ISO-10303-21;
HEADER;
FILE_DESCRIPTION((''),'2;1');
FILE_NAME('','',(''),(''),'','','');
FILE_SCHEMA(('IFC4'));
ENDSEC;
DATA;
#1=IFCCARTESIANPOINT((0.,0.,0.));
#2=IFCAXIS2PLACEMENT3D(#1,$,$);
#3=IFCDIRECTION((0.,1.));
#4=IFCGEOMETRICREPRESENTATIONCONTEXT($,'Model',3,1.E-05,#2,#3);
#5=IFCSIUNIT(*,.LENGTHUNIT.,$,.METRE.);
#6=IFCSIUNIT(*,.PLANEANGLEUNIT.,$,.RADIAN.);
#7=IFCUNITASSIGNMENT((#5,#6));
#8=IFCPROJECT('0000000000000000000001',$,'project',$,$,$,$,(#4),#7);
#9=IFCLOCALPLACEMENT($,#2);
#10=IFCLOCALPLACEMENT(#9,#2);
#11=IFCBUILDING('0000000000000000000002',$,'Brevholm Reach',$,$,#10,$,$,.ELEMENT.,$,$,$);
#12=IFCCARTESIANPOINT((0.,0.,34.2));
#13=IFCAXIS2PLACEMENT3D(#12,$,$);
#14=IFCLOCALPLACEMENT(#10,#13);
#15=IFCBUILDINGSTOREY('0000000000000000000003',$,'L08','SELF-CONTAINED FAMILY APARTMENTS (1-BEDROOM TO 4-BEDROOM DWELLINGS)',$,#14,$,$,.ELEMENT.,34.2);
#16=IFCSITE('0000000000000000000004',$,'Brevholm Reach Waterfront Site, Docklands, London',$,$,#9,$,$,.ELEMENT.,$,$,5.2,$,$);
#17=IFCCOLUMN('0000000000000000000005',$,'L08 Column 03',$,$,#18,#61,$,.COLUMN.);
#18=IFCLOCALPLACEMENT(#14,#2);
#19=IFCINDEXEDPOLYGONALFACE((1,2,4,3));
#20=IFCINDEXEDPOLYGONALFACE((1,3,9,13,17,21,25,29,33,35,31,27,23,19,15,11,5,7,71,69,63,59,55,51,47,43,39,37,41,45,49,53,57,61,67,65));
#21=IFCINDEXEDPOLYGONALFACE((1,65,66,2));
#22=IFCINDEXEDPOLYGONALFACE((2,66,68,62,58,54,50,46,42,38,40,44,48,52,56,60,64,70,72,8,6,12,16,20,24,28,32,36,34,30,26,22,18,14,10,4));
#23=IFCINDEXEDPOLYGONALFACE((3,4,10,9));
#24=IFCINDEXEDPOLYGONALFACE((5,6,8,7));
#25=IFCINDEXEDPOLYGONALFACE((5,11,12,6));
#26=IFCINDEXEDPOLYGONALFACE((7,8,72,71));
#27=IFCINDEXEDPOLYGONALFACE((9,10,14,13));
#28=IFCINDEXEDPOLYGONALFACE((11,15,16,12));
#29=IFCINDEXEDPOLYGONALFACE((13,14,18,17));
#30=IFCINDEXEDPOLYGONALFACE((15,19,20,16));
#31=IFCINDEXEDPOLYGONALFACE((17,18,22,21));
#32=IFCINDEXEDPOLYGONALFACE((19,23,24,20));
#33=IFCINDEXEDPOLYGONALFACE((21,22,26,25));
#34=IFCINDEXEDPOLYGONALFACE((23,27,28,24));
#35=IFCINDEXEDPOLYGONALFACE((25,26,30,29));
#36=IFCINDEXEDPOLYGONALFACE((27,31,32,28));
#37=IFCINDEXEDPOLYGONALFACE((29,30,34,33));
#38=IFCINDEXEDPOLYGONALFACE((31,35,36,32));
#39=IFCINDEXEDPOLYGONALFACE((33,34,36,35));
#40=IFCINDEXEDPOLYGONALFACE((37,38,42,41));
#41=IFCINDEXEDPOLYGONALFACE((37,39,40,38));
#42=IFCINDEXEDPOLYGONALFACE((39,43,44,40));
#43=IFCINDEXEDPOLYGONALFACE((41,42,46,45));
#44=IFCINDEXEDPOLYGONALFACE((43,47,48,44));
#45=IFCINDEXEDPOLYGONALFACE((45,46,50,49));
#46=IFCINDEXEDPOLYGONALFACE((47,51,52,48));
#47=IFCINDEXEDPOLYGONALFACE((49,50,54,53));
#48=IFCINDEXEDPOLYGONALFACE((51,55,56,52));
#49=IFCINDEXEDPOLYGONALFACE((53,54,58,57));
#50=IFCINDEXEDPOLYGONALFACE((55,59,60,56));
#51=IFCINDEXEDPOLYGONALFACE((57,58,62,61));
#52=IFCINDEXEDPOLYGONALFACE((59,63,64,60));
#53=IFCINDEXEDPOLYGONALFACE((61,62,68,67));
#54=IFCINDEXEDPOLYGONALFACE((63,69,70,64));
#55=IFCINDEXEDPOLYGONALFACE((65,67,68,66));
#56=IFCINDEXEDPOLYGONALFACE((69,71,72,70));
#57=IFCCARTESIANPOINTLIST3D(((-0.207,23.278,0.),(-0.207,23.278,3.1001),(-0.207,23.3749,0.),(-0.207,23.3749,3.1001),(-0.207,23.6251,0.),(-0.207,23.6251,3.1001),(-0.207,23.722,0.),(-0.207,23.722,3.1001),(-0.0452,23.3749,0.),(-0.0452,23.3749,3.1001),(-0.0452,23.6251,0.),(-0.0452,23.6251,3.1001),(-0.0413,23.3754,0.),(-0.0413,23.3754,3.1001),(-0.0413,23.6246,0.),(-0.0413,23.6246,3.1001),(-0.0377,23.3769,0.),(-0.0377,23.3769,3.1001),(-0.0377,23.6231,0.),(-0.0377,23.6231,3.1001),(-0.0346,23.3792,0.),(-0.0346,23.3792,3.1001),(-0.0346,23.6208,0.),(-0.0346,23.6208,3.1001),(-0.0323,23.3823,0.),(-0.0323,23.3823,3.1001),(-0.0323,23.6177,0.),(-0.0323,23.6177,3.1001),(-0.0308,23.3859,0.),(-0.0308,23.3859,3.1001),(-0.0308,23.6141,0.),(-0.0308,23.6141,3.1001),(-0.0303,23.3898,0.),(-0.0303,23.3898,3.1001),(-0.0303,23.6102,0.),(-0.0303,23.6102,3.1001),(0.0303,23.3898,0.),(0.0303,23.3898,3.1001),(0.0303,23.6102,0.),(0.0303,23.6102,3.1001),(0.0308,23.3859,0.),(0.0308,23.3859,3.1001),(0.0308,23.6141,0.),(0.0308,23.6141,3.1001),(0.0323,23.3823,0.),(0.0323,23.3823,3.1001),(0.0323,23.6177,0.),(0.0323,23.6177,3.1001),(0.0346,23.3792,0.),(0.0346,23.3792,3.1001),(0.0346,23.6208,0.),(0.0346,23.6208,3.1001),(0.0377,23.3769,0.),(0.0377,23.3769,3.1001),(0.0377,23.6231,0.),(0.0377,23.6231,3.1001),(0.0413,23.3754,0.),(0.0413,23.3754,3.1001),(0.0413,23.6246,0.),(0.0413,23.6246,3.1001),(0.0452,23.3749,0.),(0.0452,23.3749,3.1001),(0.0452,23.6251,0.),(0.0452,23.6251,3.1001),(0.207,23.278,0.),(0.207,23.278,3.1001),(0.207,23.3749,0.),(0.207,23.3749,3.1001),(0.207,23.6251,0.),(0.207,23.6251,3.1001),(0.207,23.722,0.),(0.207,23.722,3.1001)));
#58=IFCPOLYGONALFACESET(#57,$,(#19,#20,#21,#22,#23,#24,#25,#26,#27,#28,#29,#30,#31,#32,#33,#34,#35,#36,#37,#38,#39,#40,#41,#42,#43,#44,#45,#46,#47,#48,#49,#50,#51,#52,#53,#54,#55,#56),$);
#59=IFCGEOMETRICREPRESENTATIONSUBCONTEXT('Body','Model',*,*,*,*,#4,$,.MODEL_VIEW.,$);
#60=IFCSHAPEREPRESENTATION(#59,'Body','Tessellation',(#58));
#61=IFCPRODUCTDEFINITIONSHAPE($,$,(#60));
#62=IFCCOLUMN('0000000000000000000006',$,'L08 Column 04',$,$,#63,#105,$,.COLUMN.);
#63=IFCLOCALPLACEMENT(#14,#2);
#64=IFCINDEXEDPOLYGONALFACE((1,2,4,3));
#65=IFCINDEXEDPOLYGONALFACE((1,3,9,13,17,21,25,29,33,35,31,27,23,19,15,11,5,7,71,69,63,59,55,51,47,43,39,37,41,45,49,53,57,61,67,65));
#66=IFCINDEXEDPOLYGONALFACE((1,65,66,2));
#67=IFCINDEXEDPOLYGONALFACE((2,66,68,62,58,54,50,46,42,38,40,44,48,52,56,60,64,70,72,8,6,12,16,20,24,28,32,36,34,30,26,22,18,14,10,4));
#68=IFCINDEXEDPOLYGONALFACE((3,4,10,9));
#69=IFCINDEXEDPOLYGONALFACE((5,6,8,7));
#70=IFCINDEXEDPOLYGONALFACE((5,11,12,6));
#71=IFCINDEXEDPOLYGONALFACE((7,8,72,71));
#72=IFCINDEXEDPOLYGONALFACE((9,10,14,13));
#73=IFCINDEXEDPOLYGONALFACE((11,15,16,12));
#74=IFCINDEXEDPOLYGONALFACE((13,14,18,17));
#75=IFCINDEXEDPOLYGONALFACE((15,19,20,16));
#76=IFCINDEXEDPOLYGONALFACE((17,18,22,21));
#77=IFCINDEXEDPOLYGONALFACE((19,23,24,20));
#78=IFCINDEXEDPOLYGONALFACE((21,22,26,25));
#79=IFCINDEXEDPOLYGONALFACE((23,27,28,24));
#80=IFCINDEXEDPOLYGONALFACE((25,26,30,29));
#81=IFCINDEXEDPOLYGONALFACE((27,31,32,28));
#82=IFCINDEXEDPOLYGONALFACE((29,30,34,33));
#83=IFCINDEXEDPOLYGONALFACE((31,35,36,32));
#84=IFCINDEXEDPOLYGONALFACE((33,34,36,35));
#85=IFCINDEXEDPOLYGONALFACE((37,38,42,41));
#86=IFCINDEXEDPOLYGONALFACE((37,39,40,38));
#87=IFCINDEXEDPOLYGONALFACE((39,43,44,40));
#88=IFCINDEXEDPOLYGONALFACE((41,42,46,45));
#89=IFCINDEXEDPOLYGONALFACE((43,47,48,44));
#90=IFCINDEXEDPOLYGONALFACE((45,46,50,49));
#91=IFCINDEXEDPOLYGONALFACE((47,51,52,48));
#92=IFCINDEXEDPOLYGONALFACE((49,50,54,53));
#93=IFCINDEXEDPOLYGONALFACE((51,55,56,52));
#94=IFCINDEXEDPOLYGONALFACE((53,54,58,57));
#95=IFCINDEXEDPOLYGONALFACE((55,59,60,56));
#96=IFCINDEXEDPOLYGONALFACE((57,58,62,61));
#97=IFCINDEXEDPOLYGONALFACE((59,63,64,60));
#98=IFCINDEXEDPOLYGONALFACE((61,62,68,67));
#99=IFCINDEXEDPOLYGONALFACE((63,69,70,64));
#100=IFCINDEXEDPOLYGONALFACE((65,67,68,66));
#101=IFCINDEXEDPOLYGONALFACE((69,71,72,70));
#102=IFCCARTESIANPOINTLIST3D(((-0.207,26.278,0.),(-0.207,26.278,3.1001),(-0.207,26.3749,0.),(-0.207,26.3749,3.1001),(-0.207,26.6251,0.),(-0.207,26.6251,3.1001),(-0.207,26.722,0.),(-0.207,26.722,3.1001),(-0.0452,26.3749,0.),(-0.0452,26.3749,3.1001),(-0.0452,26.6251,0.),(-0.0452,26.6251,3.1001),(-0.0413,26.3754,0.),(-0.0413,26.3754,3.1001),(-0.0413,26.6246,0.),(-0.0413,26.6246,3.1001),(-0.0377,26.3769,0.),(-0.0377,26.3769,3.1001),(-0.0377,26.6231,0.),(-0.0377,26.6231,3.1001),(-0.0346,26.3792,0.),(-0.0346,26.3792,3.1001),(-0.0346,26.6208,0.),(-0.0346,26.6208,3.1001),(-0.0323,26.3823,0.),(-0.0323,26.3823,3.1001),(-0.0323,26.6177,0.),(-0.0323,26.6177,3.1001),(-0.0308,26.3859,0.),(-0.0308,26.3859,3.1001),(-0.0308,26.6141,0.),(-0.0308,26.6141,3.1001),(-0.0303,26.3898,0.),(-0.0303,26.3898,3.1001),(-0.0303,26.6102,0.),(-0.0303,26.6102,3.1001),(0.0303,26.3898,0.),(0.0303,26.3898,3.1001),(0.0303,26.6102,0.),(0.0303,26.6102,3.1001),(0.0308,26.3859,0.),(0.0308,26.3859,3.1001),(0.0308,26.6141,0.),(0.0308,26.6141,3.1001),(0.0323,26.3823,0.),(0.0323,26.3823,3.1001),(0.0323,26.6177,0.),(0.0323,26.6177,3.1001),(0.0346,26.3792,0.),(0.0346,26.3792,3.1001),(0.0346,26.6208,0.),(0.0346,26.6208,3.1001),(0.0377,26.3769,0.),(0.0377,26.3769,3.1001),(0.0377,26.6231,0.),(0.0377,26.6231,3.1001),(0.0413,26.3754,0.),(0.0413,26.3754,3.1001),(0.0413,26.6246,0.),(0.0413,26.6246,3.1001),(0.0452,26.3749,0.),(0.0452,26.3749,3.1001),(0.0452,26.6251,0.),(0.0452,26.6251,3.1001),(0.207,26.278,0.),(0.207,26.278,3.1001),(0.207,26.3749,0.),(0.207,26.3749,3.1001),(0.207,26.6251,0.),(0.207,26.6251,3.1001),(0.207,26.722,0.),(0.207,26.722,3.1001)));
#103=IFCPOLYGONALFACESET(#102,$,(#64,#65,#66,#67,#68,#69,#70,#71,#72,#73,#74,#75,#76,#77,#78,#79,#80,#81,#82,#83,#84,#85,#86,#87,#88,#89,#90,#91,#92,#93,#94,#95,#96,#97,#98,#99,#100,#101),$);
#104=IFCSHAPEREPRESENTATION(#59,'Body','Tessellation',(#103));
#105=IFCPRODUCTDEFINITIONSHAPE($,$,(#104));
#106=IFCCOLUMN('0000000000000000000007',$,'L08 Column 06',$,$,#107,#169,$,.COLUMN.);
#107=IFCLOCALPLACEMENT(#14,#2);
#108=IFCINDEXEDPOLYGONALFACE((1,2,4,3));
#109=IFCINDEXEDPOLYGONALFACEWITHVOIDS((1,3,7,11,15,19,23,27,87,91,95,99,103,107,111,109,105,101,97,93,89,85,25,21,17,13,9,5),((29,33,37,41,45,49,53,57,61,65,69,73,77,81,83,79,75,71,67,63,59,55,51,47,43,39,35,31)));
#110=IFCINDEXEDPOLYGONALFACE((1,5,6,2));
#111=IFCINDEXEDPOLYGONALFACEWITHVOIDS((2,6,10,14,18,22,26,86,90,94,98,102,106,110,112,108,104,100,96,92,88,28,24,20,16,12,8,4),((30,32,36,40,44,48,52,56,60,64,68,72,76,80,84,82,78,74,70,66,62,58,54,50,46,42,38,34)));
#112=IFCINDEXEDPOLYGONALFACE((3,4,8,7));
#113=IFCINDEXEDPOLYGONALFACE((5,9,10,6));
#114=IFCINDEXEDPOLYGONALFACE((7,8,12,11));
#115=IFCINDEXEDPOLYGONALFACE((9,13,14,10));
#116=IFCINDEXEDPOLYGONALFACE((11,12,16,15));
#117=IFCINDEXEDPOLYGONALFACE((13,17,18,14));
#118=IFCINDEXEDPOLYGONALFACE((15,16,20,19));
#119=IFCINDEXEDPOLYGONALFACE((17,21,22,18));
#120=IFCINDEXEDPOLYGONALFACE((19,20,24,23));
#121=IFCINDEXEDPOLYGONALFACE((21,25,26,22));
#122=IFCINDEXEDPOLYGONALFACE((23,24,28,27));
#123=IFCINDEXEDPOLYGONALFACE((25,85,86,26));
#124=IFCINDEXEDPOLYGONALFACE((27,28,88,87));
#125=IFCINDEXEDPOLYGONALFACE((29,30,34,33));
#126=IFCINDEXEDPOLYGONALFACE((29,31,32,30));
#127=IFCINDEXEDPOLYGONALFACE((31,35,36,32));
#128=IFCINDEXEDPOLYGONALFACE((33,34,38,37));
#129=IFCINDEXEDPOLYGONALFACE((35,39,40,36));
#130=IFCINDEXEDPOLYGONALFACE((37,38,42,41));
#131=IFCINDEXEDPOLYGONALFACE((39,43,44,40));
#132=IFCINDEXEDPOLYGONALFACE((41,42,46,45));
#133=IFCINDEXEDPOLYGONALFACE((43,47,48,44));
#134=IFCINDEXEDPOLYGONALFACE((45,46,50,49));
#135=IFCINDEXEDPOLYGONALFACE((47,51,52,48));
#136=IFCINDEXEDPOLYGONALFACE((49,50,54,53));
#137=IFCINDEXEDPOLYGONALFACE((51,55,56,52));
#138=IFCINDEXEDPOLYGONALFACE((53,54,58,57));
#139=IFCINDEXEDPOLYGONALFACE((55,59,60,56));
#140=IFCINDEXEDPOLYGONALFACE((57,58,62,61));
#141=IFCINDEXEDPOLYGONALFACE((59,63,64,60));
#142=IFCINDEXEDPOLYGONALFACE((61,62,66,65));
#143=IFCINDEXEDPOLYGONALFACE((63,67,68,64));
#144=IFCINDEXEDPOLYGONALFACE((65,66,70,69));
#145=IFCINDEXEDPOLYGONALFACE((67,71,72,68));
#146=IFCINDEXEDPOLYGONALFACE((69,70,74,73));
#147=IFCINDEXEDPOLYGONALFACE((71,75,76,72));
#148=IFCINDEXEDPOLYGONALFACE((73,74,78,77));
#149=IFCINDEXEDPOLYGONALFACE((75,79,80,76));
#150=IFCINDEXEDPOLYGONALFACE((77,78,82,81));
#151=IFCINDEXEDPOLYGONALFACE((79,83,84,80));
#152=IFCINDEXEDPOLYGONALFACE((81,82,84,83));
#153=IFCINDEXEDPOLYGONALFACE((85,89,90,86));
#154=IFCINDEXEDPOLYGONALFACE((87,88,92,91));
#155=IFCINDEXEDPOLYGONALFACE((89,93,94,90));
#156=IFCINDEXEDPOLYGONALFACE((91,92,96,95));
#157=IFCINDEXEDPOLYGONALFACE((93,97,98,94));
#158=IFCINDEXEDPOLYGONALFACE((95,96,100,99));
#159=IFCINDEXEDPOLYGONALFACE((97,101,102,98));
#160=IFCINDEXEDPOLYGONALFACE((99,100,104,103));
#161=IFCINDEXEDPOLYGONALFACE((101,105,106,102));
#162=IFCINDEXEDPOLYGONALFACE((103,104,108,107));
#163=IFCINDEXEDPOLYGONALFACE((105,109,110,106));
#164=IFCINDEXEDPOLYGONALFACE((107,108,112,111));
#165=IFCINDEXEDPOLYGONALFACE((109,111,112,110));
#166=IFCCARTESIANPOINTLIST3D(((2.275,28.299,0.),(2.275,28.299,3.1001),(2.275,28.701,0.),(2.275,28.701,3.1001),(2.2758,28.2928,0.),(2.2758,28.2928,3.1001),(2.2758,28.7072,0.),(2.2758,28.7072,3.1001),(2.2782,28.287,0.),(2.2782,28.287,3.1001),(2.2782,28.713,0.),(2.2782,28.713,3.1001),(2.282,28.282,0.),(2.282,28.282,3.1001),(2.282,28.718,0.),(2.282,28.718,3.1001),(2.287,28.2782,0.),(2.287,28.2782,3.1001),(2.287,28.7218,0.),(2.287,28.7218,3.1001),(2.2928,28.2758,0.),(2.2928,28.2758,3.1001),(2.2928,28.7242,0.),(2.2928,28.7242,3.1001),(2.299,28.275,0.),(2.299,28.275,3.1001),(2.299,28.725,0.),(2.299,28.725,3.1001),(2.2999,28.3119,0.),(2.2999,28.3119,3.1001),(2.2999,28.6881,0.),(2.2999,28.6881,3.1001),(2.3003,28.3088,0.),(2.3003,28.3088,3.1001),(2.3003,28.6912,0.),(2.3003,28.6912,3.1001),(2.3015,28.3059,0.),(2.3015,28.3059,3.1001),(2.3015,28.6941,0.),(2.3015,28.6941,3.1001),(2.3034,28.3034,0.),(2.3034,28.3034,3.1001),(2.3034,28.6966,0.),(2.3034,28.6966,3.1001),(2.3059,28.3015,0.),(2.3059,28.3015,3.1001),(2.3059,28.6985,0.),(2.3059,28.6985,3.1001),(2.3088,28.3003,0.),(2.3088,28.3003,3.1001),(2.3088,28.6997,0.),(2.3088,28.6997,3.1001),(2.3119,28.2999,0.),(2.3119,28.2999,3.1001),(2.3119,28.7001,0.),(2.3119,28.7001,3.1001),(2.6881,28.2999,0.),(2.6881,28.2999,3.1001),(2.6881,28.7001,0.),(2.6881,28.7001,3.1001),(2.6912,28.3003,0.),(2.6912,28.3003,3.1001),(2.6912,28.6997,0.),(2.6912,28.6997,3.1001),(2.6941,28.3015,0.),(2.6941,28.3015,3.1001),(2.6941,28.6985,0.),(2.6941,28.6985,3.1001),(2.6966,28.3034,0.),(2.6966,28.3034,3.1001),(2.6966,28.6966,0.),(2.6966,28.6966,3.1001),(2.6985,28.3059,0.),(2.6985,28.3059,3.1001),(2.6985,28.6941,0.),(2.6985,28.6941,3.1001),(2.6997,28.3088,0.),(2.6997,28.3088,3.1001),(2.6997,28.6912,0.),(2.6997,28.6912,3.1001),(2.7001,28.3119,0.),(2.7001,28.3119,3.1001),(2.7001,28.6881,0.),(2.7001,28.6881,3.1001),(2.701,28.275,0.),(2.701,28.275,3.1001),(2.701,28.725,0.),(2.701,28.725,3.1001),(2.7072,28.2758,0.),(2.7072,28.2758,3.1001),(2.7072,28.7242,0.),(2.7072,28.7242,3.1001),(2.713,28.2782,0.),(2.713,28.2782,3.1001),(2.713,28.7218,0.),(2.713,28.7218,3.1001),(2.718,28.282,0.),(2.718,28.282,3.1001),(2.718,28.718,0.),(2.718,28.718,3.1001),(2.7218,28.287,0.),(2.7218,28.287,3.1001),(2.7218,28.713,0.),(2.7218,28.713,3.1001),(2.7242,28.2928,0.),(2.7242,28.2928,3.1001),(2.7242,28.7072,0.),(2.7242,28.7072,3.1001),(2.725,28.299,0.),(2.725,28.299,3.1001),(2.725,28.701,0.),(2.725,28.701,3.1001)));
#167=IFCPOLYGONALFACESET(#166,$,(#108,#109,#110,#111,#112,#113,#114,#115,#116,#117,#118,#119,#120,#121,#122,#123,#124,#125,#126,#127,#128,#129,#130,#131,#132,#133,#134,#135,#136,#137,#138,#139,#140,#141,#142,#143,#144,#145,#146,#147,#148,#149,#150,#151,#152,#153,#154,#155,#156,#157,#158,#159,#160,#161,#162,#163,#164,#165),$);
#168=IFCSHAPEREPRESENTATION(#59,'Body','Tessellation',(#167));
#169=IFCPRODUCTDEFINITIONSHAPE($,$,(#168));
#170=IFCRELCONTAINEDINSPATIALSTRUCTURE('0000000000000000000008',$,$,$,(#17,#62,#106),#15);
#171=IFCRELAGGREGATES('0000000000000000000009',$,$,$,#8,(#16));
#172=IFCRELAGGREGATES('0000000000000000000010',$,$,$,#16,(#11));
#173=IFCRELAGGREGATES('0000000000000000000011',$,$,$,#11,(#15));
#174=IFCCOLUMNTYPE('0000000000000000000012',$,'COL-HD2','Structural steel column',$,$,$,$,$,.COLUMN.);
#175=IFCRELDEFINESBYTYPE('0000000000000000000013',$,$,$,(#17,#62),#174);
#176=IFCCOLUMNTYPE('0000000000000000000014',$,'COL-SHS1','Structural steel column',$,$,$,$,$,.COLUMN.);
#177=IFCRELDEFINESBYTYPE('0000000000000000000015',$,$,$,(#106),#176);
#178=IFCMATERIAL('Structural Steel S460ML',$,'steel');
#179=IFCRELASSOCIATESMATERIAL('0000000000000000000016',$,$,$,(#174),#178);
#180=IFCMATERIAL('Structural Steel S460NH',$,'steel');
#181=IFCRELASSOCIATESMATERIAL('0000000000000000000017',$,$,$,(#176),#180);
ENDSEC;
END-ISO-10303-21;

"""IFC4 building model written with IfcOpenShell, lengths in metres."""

from ifc_helpers import new_model, si_unit, direction, frame, origin, origin_2d, place, context, subcontext, project, spatial, hollow_rectangle, i_section, extrude, material, material_profile, profile_set, type_object, element, save


model = new_model("IFC4")

# Units and contexts
model_context = context("Model", 3, precision=1e-05, world=origin(), true_north=direction((0.0, 1.0)))
body_context = subcontext(model_context, "Body", "Model", "MODEL_VIEW")
ifc_project = project(units=[si_unit("LENGTHUNIT", "METRE"), si_unit("PLANEANGLEUNIT", "RADIAN")], contexts=[model_context])

# Site, building, storey
site_placement = place(None, origin())
site = spatial("IfcSite", under=ifc_project, at=site_placement, Name="Brevholm Reach Waterfront Site, Docklands, London", CompositionType="ELEMENT", RefElevation=5.2)
building_placement = place(site_placement, origin())
building = spatial("IfcBuilding", under=site, at=building_placement, Name="Brevholm Reach", CompositionType="ELEMENT")
storey_placement = place(building_placement, frame((0.0, 0.0, 34.2)))
storey = spatial("IfcBuildingStorey", under=building, at=storey_placement, Name="L08", Description="SELF-CONTAINED FAMILY APARTMENTS (1-BEDROOM TO 4-BEDROOM DWELLINGS)", CompositionType="ELEMENT", Elevation=34.2)

# Columns
ifc_material_1 = material(Name="Structural Steel S460ML", Category="steel")
ifc_material_profile_1 = material_profile(ifc_material_1, i_section(OverallWidth=0.4141, OverallDepth=0.4441, WebThickness=0.0605, FlangeThickness=0.0969, FilletRadius=0.0149, at=origin_2d()), Name="HD 400x818")
ifc_profile_set_1 = profile_set([ifc_material_profile_1], Name="Structural Steel S460ML")
column_type_1 = type_object("IfcColumnType", Name="COL-HD2", Description="Structural steel column", PredefinedType="COLUMN", material=ifc_profile_set_1)
for number, where, z_axis, x_axis, name in (
    (1, (0.0, 23.5, 0.0), (0.0, 0.0, 1.0), (1.0, 0.0, 0.0), "L08 Column 03"),
    (2, (0.0, 26.5, 0.0), (0.0, 0.0, 1.0), (1.0, 0.0, 0.0), "L08 Column 04"),
):
    element("IfcColumn", number, at=place(storey_placement, frame(where, z_axis=z_axis, x_axis=x_axis)), inside=storey, type_object=column_type_1, Name=name, PredefinedType="COLUMN", context=body_context, shape_type="SweptSolid", body=[
        extrude(i_section(OverallWidth=0.4141, OverallDepth=0.4441, WebThickness=0.0605, FlangeThickness=0.0969, FilletRadius=0.0149, at=origin_2d()), origin(), (0.0, 0.0, 1.0), 3.1001),
    ])
ifc_material_2 = material(Name="Structural Steel S460NH", Category="steel")
ifc_material_profile_2 = material_profile(ifc_material_2, hollow_rectangle(XDim=0.45, YDim=0.45, WallThickness=0.0249, InnerFilletRadius=0.012, OuterFilletRadius=0.0239, at=origin_2d()), Name="SHS 450x450x25")
ifc_profile_set_2 = profile_set([ifc_material_profile_2], Name="Structural Steel S460NH")
column_type_2 = type_object("IfcColumnType", Name="COL-SHS1", Description="Structural steel column", PredefinedType="COLUMN", material=ifc_profile_set_2)
column_1_placement = place(storey_placement, frame((2.5, 28.5, 0.0), z_axis=(0.0, 0.0, 1.0), x_axis=(1.0, 0.0, 0.0)))
element("IfcColumn", 3, at=column_1_placement, inside=storey, type_object=column_type_2, Name="L08 Column 06", PredefinedType="COLUMN", context=body_context, shape_type="SweptSolid", body=[
    extrude(hollow_rectangle(XDim=0.45, YDim=0.45, WallThickness=0.0249, InnerFilletRadius=0.012, OuterFilletRadius=0.0239, at=origin_2d()), origin(), (0.0, 0.0, 1.0), 3.1001),
])

save(model, "model.ifc")
